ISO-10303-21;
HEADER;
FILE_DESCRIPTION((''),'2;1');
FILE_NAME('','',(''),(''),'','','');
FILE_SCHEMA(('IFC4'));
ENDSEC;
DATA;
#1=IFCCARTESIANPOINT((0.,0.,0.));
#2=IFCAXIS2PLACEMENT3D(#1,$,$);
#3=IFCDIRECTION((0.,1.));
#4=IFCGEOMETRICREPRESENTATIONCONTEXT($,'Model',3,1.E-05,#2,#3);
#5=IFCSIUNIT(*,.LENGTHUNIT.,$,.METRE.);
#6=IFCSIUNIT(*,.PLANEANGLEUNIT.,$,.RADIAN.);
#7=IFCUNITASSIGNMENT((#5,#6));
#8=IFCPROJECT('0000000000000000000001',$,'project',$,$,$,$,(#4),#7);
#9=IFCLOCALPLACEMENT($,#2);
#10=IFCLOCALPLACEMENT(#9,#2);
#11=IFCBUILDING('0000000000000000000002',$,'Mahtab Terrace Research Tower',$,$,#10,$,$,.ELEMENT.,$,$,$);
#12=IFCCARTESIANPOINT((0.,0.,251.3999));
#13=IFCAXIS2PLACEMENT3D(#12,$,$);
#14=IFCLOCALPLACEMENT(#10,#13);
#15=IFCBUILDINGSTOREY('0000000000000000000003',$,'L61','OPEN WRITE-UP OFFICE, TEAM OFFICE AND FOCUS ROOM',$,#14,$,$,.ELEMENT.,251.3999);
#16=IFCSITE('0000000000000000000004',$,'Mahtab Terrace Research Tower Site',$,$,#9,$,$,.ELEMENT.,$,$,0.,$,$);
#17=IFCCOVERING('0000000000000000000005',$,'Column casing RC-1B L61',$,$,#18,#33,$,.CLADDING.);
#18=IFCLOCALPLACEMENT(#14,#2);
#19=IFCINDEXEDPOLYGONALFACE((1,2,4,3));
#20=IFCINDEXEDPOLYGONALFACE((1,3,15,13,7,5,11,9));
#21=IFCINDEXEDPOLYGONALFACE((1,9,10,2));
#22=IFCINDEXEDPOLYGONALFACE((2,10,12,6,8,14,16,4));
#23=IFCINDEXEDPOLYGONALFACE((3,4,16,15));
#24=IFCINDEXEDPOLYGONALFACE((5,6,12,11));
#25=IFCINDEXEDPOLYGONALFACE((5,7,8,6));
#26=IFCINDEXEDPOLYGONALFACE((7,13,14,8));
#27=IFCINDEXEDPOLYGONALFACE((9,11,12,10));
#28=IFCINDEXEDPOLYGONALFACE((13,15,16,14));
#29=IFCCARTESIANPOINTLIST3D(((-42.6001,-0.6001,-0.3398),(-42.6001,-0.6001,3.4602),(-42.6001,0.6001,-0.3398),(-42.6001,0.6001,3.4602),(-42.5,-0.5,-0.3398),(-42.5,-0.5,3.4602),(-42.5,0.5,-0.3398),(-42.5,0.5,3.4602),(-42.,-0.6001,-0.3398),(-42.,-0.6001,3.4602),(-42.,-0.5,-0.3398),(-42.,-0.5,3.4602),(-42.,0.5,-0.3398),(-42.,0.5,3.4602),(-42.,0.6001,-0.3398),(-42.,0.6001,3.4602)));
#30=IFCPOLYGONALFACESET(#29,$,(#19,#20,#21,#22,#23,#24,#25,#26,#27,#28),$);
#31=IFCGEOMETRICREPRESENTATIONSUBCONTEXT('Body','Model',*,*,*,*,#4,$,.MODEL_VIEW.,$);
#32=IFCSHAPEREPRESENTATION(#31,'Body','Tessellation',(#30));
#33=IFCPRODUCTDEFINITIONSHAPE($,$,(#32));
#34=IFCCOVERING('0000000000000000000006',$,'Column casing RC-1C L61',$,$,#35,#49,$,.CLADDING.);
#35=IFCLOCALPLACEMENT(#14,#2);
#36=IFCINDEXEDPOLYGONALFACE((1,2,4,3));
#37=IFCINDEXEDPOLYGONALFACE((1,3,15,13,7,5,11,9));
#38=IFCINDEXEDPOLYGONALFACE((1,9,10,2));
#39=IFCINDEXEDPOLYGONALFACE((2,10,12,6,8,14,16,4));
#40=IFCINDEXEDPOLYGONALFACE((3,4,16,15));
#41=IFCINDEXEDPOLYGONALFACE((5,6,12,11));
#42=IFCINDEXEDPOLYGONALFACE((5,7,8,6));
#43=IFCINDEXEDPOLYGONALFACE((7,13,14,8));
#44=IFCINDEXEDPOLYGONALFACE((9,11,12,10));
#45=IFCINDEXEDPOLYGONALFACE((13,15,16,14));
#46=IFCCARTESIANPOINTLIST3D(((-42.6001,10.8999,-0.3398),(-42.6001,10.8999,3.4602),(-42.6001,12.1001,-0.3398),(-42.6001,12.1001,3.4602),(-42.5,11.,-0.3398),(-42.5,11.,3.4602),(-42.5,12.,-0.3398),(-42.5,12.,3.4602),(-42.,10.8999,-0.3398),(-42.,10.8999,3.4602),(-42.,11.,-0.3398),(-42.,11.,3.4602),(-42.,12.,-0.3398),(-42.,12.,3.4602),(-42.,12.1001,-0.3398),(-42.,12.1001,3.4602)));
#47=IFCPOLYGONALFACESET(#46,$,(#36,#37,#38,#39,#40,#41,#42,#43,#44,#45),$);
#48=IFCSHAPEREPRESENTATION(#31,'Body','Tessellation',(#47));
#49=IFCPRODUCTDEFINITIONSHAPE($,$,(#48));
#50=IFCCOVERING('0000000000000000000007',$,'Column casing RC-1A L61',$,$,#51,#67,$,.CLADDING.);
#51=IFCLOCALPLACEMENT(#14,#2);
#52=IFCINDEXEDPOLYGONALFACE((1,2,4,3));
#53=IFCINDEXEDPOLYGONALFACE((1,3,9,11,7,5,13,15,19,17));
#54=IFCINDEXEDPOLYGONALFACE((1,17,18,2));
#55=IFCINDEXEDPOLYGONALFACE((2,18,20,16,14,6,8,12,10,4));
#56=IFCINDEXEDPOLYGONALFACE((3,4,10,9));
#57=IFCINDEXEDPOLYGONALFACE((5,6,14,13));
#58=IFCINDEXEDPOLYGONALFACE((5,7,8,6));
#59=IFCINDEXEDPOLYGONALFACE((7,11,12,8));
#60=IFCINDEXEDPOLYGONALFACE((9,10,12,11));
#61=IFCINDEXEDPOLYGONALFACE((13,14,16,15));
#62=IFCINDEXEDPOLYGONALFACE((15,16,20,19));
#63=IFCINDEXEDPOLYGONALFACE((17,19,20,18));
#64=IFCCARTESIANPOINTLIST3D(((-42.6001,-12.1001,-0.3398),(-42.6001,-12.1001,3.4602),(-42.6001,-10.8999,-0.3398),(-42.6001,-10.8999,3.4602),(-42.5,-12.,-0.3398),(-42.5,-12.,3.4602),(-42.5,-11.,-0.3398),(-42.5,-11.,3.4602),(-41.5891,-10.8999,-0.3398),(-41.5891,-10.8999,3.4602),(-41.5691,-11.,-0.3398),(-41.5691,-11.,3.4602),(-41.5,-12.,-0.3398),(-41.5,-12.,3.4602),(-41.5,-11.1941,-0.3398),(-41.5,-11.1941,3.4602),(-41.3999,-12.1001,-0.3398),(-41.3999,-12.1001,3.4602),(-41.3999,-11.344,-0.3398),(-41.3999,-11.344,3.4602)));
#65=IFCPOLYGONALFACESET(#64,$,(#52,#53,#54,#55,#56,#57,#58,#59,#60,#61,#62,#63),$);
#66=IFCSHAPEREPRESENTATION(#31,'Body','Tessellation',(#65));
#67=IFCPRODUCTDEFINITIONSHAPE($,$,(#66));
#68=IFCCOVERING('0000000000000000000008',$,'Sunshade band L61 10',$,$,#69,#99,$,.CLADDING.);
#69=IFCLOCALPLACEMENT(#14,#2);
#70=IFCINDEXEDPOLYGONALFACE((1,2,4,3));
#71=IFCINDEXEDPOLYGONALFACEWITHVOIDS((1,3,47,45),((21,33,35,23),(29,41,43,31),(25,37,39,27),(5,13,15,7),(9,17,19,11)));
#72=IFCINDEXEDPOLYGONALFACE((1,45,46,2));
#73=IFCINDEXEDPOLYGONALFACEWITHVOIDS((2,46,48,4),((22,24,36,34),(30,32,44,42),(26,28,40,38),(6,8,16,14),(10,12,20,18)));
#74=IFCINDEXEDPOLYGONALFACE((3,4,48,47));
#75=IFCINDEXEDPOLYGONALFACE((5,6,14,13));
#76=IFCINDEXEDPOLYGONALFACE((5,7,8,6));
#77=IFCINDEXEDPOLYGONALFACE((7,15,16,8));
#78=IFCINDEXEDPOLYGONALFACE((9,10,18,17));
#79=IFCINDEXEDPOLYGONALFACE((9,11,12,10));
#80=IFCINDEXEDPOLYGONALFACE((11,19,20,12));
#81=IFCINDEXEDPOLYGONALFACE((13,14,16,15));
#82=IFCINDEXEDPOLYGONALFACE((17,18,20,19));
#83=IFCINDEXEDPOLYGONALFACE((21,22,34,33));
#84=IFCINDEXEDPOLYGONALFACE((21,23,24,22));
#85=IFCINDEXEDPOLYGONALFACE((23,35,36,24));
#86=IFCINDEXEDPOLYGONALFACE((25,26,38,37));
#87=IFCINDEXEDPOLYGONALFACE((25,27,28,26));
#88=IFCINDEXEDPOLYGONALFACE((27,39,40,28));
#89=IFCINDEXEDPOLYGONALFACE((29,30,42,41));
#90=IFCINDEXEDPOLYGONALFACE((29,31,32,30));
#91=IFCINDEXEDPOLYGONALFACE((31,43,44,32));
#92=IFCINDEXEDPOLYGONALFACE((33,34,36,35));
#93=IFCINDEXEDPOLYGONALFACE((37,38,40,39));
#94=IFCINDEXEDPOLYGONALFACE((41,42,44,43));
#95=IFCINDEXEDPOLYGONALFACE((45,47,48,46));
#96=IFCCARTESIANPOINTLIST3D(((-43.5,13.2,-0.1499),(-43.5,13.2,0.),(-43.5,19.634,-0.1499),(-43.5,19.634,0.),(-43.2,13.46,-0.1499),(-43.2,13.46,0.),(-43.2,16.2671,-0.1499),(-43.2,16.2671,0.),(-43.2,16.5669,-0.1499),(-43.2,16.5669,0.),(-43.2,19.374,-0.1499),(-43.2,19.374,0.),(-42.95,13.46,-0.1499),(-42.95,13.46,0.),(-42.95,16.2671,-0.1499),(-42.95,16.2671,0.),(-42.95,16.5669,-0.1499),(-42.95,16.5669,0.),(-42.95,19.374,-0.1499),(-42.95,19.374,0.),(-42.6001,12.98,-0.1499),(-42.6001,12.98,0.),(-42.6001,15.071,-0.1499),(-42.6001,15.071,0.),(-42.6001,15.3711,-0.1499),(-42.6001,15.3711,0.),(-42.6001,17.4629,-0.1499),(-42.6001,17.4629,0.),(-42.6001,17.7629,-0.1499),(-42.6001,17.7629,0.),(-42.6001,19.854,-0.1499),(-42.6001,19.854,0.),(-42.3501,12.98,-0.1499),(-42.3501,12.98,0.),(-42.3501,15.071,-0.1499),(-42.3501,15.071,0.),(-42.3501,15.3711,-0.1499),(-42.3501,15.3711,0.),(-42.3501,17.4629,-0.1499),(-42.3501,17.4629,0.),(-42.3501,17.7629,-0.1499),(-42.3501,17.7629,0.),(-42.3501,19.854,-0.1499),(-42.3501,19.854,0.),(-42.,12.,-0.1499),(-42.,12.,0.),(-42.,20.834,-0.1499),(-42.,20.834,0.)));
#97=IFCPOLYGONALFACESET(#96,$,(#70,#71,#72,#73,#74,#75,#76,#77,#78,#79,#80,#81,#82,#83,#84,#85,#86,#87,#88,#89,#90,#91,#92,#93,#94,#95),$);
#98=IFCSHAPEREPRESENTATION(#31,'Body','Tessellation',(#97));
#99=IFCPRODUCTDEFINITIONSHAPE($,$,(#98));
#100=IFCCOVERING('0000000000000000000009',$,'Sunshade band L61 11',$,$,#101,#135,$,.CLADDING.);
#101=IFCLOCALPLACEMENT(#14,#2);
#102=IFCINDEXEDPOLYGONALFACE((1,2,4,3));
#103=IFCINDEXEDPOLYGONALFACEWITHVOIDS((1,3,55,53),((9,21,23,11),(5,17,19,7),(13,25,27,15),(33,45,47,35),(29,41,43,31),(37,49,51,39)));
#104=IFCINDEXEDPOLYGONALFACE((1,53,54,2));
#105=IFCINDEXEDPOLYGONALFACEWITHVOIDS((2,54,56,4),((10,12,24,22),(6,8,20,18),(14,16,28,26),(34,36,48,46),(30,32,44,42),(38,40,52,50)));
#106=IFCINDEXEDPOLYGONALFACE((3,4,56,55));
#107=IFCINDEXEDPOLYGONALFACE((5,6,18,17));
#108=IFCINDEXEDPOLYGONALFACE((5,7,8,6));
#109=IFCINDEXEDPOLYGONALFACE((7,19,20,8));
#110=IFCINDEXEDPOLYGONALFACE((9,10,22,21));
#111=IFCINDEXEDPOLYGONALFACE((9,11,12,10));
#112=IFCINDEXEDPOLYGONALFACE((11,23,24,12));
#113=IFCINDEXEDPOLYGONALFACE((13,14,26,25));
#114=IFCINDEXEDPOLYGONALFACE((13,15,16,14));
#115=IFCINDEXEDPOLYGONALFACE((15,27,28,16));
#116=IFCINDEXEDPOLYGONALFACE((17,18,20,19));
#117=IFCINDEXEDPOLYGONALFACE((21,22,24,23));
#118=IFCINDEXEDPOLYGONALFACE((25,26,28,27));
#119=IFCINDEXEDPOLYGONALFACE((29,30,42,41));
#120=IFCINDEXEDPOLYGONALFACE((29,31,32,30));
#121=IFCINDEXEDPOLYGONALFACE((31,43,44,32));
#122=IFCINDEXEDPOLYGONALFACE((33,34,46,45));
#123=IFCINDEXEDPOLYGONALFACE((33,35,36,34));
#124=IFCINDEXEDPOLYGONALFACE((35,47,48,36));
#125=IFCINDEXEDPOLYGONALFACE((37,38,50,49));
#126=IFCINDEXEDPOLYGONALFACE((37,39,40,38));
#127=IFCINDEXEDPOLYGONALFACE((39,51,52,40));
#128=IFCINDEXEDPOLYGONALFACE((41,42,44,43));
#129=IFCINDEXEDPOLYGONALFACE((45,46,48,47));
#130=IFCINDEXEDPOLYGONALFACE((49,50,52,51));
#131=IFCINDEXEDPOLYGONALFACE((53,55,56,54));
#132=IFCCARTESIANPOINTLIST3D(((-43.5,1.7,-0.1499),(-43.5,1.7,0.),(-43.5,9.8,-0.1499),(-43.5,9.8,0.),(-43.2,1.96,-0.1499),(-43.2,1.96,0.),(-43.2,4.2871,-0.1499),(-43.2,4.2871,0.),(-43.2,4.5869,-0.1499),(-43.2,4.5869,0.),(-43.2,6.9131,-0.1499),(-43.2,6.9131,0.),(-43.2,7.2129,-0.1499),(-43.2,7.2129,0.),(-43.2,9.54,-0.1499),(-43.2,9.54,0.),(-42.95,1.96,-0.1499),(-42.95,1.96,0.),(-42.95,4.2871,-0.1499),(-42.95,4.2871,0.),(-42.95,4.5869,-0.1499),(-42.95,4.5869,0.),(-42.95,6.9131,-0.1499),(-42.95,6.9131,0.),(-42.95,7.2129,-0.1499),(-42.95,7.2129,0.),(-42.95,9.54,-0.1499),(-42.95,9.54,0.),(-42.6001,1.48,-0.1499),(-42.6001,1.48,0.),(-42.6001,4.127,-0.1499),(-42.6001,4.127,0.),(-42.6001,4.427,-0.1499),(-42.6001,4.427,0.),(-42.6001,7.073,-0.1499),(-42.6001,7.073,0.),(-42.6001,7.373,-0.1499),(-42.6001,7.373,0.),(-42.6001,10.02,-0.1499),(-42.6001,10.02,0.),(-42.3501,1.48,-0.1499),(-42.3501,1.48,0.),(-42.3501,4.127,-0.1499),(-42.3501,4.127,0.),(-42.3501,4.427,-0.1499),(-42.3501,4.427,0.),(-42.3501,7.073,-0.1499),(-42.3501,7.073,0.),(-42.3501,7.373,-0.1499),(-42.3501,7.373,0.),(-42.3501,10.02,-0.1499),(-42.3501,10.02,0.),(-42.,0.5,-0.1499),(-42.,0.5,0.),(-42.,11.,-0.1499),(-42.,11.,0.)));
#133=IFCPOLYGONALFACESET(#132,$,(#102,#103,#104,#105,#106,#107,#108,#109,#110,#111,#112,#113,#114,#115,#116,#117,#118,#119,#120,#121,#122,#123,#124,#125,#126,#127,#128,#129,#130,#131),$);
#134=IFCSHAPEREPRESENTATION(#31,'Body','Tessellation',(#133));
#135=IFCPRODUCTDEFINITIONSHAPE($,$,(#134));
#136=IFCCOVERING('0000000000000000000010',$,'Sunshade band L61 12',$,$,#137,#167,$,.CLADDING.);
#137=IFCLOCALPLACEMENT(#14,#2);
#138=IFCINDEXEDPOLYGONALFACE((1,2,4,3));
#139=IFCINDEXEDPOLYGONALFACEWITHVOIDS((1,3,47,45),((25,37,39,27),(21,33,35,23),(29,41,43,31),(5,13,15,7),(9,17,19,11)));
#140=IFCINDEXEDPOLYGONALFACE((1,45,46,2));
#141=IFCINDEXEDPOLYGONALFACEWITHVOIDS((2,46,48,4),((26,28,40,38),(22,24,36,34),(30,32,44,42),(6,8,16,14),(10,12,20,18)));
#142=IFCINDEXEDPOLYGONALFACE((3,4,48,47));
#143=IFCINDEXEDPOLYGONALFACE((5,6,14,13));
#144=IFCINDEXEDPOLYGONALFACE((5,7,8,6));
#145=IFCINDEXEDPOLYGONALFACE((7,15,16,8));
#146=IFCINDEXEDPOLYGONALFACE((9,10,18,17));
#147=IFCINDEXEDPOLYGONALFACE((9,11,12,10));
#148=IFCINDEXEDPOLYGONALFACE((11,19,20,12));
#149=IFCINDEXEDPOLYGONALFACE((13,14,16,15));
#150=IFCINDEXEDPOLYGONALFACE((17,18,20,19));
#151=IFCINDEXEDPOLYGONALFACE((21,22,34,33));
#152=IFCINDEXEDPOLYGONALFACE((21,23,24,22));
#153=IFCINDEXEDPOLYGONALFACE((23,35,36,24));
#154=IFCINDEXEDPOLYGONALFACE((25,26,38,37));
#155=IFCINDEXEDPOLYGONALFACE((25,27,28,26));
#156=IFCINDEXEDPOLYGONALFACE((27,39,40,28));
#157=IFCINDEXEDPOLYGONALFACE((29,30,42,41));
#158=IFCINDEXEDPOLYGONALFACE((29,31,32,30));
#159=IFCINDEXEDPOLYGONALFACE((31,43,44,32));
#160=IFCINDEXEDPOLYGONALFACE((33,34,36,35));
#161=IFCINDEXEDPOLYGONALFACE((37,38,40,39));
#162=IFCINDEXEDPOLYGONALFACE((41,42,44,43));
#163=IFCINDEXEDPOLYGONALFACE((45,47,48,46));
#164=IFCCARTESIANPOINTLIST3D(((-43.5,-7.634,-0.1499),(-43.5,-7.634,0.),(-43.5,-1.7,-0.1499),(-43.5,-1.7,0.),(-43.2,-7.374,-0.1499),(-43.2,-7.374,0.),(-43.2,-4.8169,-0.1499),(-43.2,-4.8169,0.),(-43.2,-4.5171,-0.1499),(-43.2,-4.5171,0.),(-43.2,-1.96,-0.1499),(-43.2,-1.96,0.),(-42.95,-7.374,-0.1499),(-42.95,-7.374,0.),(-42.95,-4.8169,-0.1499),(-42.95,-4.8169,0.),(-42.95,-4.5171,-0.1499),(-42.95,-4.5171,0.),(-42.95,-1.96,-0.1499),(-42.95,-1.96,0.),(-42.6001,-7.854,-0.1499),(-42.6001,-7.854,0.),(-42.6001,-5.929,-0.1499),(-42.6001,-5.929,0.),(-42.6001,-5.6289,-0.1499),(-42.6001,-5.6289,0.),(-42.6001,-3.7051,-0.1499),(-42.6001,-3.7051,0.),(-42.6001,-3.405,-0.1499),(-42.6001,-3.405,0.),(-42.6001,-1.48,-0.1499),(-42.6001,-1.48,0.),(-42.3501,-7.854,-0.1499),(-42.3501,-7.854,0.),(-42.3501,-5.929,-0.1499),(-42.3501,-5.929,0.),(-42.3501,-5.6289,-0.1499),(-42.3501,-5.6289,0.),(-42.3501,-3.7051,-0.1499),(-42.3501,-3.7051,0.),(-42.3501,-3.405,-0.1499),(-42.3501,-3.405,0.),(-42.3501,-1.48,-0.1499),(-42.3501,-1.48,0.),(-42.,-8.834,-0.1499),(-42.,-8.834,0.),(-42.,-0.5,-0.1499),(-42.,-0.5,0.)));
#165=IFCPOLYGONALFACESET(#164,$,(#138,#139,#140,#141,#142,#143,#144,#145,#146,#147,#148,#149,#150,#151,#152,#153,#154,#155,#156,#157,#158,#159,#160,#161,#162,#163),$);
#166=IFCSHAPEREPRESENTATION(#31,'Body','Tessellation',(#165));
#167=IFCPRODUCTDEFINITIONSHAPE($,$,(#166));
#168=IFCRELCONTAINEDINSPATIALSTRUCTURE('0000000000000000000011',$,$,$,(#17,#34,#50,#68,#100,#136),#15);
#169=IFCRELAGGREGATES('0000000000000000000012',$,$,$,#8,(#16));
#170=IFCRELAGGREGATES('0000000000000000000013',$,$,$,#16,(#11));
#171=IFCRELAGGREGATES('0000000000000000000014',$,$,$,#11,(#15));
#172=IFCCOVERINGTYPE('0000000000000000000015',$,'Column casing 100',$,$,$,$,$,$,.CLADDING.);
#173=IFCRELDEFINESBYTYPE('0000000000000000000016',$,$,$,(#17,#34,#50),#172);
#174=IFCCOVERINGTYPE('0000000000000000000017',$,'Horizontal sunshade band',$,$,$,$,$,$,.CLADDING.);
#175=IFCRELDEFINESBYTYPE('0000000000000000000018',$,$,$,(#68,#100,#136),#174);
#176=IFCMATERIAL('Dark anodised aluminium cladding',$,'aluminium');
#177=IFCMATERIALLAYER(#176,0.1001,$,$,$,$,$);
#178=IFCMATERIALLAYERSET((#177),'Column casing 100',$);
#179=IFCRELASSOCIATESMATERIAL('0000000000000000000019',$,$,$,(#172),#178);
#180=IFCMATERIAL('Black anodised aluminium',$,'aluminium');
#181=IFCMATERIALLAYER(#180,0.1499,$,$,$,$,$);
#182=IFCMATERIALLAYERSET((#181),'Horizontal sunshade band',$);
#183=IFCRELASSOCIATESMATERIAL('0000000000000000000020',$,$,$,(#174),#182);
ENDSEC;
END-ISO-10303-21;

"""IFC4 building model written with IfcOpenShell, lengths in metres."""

from ifc_helpers import new_model, si_unit, direction, frame, origin, place, context, subcontext, project, spatial, polyline, outline, extrude, material, layer, layer_set, type_object, element, save


model = new_model("IFC4")

# Units and contexts
model_context = context("Model", 3, precision=1e-05, world=origin(), true_north=direction((0.0, 1.0)))
body_context = subcontext(model_context, "Body", "Model", "MODEL_VIEW")
ifc_project = project(units=[si_unit("LENGTHUNIT", "METRE"), si_unit("PLANEANGLEUNIT", "RADIAN")], contexts=[model_context])

# Site, building, storey
site_placement = place(None, origin())
site = spatial("IfcSite", under=ifc_project, at=site_placement, Name="Mahtab Terrace Research Tower Site", CompositionType="ELEMENT", RefElevation=0.0)
building_placement = place(site_placement, origin())
building = spatial("IfcBuilding", under=site, at=building_placement, Name="Mahtab Terrace Research Tower", CompositionType="ELEMENT")
storey_placement = place(building_placement, frame((0.0, 0.0, 251.3999)))
storey = spatial("IfcBuildingStorey", under=building, at=storey_placement, Name="L61", Description="OPEN WRITE-UP OFFICE, TEAM OFFICE AND FOCUS ROOM", CompositionType="ELEMENT", Elevation=251.3999)

# Coverings
ifc_material_1 = material(Name="Dark anodised aluminium cladding", Category="aluminium")
ifc_layer_1 = layer(ifc_material_1, 0.1001)
ifc_layer_set_1 = layer_set([ifc_layer_1], Name="Column casing 100")
covering_type_1 = type_object("IfcCoveringType", Name="Column casing 100", PredefinedType="CLADDING", material=ifc_layer_set_1)
covering_1_placement = place(storey_placement, frame((0.0, 0.0, -0.3398)))
element("IfcCovering", 1, at=covering_1_placement, inside=storey, type_object=covering_type_1, Name="Column casing RC-1B L61", PredefinedType="CLADDING", context=body_context, shape_type="SweptSolid", body=[
    extrude(outline(polyline([(-42.6001, 0.6001), (-42.0, 0.6001), (-42.0, 0.5), (-42.5, 0.5), (-42.5, -0.5), (-42.0, -0.5), (-42.0, -0.6001), (-42.6001, -0.6001), (-42.6001, 0.6001)])), origin(), (0.0, 0.0, 1.0), 3.8),
])
covering_2_placement = place(storey_placement, frame((0.0, 0.0, -0.3398)))
element("IfcCovering", 2, at=covering_2_placement, inside=storey, type_object=covering_type_1, Name="Column casing RC-1C L61", PredefinedType="CLADDING", context=body_context, shape_type="SweptSolid", body=[
    extrude(outline(polyline([(-42.6001, 12.1001), (-42.0, 12.1001), (-42.0, 12.0), (-42.5, 12.0), (-42.5, 11.0), (-42.0, 11.0), (-42.0, 10.8999), (-42.6001, 10.8999), (-42.6001, 12.1001)])), origin(), (0.0, 0.0, 1.0), 3.8),
])
covering_3_placement = place(storey_placement, frame((0.0, 0.0, -0.3398)))
element("IfcCovering", 3, at=covering_3_placement, inside=storey, type_object=covering_type_1, Name="Column casing RC-1A L61", PredefinedType="CLADDING", context=body_context, shape_type="SweptSolid", body=[
    extrude(outline(polyline([(-42.6001, -10.8999), (-41.5891, -10.8999), (-41.5691, -11.0), (-42.5, -11.0), (-42.5, -12.0), (-41.5, -12.0), (-41.5, -11.1941), (-41.3999, -11.344), (-41.3999, -12.1001), (-42.6001, -12.1001), (-42.6001, -10.8999)])), origin(), (0.0, 0.0, 1.0), 3.8),
])
ifc_material_2 = material(Name="Black anodised aluminium", Category="aluminium")
ifc_layer_2 = layer(ifc_material_2, 0.1499)
ifc_layer_set_2 = layer_set([ifc_layer_2], Name="Horizontal sunshade band")
covering_type_2 = type_object("IfcCoveringType", Name="Horizontal sunshade band", PredefinedType="CLADDING", material=ifc_layer_set_2)
covering_4_placement = place(storey_placement, frame((0.0, 0.0, -0.1499)))
element("IfcCovering", 4, at=covering_4_placement, inside=storey, type_object=covering_type_2, Name="Sunshade band L61 10", PredefinedType="CLADDING", context=body_context, shape_type="SweptSolid", body=[
    extrude(outline(polyline([(-42.0, 20.834), (-42.0, 12.0), (-43.5, 13.2), (-43.5, 19.634), (-42.0, 20.834)]), holes=[polyline([(-42.3501, 19.854), (-42.3501, 17.7629), (-42.6001, 17.7629), (-42.6001, 19.854), (-42.3501, 19.854)]), polyline([(-42.3501, 17.4629), (-42.3501, 15.3711), (-42.6001, 15.3711), (-42.6001, 17.4629), (-42.3501, 17.4629)]), polyline([(-42.3501, 15.071), (-42.3501, 12.98), (-42.6001, 12.98), (-42.6001, 15.071), (-42.3501, 15.071)]), polyline([(-42.95, 19.374), (-42.95, 16.5669), (-43.2, 16.5669), (-43.2, 19.374), (-42.95, 19.374)]), polyline([(-42.95, 16.2671), (-42.95, 13.46), (-43.2, 13.46), (-43.2, 16.2671), (-42.95, 16.2671)])]), origin(), (0.0, 0.0, 1.0), 0.1499),
])
covering_5_placement = place(storey_placement, frame((0.0, 0.0, -0.1499)))
element("IfcCovering", 5, at=covering_5_placement, inside=storey, type_object=covering_type_2, Name="Sunshade band L61 11", PredefinedType="CLADDING", context=body_context, shape_type="SweptSolid", body=[
    extrude(outline(polyline([(-42.0, 11.0), (-42.0, 0.5), (-43.5, 1.7), (-43.5, 9.8), (-42.0, 11.0)]), holes=[polyline([(-42.3501, 10.02), (-42.3501, 7.373), (-42.6001, 7.373), (-42.6001, 10.02), (-42.3501, 10.02)]), polyline([(-42.3501, 7.073), (-42.3501, 4.427), (-42.6001, 4.427), (-42.6001, 7.073), (-42.3501, 7.073)]), polyline([(-42.3501, 4.127), (-42.3501, 1.48), (-42.6001, 1.48), (-42.6001, 4.127), (-42.3501, 4.127)]), polyline([(-42.95, 9.54), (-42.95, 7.2129), (-43.2, 7.2129), (-43.2, 9.54), (-42.95, 9.54)]), polyline([(-42.95, 6.9131), (-42.95, 4.5869), (-43.2, 4.5869), (-43.2, 6.9131), (-42.95, 6.9131)]), polyline([(-42.95, 4.2871), (-42.95, 1.96), (-43.2, 1.96), (-43.2, 4.2871), (-42.95, 4.2871)])]), origin(), (0.0, 0.0, 1.0), 0.1499),
])
covering_6_placement = place(storey_placement, frame((0.0, 0.0, -0.1499)))
element("IfcCovering", 6, at=covering_6_placement, inside=storey, type_object=covering_type_2, Name="Sunshade band L61 12", PredefinedType="CLADDING", context=body_context, shape_type="SweptSolid", body=[
    extrude(outline(polyline([(-42.0, -0.5), (-42.0, -8.834), (-43.5, -7.634), (-43.5, -1.7), (-42.0, -0.5)]), holes=[polyline([(-42.3501, -1.48), (-42.3501, -3.405), (-42.6001, -3.405), (-42.6001, -1.48), (-42.3501, -1.48)]), polyline([(-42.3501, -3.7051), (-42.3501, -5.6289), (-42.6001, -5.6289), (-42.6001, -3.7051), (-42.3501, -3.7051)]), polyline([(-42.3501, -5.929), (-42.3501, -7.854), (-42.6001, -7.854), (-42.6001, -5.929), (-42.3501, -5.929)]), polyline([(-42.95, -1.96), (-42.95, -4.5171), (-43.2, -4.5171), (-43.2, -1.96), (-42.95, -1.96)]), polyline([(-42.95, -4.8169), (-42.95, -7.374), (-43.2, -7.374), (-43.2, -4.8169), (-42.95, -4.8169)])]), origin(), (0.0, 0.0, 1.0), 0.1499),
])

save(model, "model.ifc")
